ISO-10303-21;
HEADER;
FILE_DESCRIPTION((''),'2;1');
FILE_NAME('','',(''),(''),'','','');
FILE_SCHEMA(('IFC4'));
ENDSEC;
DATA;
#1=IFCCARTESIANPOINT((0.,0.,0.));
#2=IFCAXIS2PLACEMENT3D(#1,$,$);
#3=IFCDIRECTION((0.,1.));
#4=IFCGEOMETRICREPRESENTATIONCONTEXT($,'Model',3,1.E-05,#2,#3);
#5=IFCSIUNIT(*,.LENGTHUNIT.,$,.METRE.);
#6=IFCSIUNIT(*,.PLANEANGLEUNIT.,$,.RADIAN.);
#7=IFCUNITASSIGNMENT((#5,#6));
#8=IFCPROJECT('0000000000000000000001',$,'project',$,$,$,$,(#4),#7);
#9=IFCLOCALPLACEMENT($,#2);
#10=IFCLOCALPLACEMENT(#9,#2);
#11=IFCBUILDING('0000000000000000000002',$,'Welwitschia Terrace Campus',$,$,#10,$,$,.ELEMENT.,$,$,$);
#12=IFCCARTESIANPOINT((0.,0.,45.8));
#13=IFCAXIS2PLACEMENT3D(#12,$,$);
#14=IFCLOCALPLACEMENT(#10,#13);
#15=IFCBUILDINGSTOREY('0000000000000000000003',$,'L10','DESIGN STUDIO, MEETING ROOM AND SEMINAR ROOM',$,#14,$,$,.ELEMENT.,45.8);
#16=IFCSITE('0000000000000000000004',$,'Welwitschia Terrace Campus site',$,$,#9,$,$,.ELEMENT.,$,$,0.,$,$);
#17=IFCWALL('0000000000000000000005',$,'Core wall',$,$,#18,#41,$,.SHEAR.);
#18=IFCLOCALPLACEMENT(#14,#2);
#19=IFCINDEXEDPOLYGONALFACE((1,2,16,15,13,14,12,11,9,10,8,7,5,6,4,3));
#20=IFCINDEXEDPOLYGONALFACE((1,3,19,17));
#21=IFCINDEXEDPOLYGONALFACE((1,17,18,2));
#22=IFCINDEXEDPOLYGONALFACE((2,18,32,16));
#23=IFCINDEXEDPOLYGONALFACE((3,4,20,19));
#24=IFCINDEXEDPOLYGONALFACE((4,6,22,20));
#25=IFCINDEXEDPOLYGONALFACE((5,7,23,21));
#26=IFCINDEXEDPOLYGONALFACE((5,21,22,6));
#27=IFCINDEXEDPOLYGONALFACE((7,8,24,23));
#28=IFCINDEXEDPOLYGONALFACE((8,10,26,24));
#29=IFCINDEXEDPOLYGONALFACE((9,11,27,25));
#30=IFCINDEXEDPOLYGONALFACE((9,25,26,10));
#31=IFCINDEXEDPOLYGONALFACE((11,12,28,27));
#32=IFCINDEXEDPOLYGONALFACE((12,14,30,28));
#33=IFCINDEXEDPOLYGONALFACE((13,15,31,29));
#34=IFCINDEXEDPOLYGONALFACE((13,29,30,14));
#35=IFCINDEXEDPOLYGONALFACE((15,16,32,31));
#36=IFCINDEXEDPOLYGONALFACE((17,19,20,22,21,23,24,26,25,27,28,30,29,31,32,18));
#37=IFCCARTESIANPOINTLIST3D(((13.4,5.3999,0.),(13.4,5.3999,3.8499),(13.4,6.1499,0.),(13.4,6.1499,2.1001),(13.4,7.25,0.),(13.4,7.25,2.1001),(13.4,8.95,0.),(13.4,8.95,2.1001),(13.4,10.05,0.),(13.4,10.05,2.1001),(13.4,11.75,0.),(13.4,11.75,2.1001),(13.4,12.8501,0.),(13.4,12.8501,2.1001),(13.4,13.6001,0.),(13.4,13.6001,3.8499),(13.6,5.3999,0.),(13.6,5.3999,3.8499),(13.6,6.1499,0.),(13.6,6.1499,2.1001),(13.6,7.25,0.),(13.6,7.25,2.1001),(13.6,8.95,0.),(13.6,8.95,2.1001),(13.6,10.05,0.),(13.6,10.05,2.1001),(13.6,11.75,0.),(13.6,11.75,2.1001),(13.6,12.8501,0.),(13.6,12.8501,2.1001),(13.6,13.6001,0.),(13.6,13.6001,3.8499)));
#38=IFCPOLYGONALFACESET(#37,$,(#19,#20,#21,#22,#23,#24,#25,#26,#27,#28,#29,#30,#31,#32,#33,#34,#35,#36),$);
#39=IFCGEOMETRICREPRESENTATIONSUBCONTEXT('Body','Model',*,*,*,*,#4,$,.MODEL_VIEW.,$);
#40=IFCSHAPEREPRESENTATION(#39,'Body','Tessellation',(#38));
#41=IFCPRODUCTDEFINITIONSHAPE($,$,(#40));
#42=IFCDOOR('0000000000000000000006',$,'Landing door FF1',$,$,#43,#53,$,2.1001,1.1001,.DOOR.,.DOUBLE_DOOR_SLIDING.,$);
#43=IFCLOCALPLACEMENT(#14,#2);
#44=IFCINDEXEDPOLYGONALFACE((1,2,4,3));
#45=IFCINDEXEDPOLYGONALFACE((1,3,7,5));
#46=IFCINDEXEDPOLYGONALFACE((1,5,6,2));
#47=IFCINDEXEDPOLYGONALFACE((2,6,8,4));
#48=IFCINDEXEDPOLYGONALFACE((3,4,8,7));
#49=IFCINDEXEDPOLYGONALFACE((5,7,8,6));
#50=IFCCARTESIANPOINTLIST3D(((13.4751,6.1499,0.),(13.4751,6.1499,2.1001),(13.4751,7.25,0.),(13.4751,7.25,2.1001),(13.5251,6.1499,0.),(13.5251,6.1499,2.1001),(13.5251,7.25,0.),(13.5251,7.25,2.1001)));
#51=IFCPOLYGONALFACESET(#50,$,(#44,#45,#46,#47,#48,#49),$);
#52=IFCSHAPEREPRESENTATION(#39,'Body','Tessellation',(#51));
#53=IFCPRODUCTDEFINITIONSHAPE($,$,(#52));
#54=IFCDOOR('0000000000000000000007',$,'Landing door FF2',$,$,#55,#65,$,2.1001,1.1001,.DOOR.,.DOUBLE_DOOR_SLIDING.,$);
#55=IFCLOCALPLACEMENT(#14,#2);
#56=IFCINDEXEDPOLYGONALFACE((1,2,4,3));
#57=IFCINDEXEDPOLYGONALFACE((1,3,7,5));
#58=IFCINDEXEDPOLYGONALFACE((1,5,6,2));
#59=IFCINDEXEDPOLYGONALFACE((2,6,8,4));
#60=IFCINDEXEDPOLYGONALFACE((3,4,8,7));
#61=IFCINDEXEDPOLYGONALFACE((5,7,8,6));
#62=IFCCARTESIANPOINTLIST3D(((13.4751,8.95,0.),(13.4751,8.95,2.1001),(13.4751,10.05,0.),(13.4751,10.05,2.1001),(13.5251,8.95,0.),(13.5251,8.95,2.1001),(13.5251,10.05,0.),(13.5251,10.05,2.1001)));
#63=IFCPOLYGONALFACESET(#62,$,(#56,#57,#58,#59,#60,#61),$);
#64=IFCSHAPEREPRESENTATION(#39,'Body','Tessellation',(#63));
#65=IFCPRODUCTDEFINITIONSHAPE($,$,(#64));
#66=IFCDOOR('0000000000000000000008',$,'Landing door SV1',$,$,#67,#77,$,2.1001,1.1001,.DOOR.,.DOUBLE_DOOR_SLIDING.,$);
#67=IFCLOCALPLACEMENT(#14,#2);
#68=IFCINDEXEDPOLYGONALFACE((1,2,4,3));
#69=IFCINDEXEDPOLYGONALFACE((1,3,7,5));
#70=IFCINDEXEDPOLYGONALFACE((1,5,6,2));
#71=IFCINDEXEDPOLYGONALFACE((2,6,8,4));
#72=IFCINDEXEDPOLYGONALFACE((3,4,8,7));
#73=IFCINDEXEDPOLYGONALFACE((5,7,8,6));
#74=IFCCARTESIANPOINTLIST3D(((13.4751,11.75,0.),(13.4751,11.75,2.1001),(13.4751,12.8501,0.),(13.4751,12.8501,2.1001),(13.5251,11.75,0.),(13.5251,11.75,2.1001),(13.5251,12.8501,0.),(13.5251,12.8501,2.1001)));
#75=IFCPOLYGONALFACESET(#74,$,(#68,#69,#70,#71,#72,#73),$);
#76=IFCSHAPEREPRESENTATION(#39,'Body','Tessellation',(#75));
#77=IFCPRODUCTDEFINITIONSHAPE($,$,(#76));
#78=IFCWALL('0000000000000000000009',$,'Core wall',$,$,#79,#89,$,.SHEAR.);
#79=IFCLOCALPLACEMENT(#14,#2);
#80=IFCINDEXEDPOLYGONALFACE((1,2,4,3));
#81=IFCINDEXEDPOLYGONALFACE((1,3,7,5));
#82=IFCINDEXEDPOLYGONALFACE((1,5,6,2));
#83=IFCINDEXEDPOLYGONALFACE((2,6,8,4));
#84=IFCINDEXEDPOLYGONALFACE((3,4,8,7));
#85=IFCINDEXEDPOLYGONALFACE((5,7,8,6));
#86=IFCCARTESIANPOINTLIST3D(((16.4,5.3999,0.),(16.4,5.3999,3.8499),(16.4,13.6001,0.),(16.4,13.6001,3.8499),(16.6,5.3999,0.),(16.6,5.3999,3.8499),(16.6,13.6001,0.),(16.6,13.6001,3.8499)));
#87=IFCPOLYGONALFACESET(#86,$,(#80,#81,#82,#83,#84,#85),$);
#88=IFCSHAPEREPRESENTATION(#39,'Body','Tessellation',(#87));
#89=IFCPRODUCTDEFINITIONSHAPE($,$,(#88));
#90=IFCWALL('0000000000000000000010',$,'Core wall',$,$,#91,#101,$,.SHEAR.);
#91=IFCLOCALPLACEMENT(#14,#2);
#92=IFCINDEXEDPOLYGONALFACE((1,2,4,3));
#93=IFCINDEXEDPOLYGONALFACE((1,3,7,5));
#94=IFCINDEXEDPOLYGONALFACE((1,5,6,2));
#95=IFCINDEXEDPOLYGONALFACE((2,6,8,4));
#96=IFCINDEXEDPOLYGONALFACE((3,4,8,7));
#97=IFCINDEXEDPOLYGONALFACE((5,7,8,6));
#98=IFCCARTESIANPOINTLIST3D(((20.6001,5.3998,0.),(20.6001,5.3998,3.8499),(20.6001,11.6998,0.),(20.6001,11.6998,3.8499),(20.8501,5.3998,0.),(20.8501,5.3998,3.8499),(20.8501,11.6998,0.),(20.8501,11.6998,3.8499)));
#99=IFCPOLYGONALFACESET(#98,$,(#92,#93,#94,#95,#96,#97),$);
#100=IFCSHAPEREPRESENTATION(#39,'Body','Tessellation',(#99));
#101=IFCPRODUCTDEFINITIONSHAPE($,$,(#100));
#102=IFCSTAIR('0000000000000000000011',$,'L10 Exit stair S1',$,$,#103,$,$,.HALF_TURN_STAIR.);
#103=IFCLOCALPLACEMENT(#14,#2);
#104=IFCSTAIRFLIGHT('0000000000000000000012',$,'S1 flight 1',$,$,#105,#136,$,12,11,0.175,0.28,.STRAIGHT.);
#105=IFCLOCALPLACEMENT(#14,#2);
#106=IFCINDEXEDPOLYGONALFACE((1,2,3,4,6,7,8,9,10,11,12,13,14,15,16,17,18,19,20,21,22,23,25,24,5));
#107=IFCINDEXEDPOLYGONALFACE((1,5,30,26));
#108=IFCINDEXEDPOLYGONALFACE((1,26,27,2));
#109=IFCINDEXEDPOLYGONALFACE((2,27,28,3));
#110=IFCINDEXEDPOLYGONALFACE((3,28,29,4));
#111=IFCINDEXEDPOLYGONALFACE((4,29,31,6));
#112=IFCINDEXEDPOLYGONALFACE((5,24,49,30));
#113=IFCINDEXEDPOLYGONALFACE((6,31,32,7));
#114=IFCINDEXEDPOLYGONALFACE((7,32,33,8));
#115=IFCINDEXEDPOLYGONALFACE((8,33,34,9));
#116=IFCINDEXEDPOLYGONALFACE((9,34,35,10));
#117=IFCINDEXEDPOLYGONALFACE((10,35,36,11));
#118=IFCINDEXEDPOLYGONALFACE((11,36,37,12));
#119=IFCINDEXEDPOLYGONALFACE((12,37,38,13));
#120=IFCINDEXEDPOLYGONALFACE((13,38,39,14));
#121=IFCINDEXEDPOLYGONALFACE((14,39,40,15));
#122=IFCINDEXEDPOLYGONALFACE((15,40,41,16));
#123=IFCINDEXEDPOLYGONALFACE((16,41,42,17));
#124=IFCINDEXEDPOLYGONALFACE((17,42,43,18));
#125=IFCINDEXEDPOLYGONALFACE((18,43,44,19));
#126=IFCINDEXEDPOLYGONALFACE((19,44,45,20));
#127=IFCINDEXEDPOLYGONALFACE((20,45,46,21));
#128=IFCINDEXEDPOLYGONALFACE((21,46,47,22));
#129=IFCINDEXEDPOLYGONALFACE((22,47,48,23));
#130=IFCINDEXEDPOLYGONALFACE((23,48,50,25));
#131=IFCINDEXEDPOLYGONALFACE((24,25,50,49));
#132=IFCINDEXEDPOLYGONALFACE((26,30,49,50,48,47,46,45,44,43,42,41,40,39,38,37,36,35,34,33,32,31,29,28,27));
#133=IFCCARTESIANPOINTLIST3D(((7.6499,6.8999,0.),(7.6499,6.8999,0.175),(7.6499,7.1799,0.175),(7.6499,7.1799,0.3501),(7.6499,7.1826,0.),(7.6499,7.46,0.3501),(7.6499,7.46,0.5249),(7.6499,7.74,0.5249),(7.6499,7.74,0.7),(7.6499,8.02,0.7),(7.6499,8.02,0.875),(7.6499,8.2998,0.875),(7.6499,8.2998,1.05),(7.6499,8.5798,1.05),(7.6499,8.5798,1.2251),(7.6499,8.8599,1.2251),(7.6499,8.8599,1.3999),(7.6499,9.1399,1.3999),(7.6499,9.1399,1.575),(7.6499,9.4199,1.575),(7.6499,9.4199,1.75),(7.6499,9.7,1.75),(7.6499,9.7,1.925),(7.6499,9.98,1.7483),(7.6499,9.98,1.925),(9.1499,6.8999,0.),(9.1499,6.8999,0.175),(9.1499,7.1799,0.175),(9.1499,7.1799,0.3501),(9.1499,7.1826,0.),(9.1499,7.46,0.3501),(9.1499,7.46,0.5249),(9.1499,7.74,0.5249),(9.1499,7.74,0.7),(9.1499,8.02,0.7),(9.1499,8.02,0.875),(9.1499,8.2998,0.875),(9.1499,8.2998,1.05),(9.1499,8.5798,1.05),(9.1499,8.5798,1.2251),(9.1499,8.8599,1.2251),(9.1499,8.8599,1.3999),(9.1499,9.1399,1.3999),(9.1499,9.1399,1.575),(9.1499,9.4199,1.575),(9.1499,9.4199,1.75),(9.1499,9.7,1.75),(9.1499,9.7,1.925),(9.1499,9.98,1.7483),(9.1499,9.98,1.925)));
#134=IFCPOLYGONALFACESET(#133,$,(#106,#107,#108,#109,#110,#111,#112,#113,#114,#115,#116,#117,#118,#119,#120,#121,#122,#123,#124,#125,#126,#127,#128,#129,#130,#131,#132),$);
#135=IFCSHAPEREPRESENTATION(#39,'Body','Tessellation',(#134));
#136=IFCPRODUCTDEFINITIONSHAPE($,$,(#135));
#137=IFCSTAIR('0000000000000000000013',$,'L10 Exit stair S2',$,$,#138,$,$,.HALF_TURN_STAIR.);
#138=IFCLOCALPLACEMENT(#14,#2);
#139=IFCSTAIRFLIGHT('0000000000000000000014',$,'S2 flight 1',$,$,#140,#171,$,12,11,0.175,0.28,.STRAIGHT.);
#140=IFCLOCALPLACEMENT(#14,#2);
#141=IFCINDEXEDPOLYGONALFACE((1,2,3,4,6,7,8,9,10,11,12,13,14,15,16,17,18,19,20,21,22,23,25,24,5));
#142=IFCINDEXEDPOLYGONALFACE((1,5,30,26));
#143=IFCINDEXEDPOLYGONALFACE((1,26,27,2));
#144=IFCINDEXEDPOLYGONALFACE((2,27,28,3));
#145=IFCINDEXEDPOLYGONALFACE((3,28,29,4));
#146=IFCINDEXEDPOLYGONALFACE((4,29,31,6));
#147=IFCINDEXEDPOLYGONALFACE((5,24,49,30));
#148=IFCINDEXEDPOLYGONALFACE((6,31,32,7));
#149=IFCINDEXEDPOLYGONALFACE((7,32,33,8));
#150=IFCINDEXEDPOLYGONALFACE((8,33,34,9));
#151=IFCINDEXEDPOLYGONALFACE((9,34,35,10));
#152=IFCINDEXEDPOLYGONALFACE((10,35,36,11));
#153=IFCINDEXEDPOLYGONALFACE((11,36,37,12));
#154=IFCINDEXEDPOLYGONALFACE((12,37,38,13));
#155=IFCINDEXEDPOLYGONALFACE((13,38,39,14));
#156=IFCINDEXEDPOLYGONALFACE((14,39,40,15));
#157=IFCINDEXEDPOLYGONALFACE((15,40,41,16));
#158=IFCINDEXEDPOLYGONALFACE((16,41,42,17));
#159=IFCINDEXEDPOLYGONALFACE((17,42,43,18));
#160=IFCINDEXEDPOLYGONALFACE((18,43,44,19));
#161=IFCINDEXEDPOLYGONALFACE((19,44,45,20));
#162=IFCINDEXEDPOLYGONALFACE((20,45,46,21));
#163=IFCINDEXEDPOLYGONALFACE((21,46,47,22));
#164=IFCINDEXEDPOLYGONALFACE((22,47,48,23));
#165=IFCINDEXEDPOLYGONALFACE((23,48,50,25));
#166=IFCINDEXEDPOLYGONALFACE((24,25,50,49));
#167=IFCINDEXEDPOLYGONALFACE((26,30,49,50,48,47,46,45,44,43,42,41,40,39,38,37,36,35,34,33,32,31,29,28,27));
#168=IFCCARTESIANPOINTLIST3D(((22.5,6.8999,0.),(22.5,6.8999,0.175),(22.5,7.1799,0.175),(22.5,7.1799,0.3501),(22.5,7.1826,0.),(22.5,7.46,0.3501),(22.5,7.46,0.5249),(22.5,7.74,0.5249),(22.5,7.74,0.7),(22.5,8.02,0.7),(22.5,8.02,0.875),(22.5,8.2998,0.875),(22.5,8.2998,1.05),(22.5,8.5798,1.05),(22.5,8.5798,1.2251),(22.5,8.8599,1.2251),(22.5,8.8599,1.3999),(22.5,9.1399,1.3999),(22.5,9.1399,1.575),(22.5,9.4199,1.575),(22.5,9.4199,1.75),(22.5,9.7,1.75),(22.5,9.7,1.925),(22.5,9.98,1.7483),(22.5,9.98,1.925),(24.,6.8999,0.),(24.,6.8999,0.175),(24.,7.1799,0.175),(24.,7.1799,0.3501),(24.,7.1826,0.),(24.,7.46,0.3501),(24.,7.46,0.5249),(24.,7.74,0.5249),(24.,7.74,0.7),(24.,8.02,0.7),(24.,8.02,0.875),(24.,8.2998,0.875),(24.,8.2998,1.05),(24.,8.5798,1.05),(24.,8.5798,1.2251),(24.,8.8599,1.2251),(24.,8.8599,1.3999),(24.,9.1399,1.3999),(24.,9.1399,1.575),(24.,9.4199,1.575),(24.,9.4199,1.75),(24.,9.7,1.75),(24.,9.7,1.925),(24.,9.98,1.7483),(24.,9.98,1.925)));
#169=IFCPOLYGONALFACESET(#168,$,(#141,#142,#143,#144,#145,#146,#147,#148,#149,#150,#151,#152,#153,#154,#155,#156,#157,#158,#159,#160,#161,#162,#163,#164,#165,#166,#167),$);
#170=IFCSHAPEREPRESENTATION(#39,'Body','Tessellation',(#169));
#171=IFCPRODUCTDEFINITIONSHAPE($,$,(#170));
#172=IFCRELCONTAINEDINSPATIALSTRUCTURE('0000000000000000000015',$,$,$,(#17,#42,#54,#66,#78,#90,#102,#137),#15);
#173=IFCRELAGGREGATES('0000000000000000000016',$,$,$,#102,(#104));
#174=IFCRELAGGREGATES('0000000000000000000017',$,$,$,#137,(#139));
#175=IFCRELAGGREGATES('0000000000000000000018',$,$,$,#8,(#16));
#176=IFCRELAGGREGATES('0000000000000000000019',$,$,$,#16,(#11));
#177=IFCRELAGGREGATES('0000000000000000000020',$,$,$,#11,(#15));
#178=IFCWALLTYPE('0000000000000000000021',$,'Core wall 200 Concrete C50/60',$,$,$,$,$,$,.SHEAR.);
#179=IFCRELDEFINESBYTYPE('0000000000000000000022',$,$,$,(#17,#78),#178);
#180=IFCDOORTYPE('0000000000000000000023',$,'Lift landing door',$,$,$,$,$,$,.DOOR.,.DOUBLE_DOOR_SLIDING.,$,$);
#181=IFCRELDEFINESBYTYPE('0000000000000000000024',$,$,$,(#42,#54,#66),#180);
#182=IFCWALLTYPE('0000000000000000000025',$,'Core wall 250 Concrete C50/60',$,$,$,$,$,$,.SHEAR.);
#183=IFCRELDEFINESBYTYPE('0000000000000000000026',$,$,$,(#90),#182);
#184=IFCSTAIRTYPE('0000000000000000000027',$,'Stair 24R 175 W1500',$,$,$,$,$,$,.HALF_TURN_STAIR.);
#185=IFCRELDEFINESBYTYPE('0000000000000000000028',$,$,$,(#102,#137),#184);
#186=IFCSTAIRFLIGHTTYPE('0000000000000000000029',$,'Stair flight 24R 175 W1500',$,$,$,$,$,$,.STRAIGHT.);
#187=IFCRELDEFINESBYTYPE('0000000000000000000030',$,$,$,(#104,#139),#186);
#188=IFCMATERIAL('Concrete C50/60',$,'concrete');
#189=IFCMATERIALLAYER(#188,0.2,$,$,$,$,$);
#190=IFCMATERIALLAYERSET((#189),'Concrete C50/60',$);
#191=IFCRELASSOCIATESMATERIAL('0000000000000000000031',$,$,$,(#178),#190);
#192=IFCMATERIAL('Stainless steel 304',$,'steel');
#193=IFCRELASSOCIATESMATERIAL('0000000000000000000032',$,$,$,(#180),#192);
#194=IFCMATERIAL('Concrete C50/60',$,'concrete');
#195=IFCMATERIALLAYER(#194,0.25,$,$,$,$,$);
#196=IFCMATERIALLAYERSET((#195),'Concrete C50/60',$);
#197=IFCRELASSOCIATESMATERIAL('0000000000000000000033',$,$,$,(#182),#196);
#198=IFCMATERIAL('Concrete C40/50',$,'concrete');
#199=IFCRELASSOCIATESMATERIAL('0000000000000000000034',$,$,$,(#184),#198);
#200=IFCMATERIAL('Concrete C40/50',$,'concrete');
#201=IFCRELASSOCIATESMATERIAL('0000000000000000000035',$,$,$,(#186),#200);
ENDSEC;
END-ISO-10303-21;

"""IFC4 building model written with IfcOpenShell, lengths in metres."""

from ifc_helpers import new_model, si_unit, direction, frame, frame_2d, origin, place, context, subcontext, project, spatial, polyline, rectangle, outline, extrude, material, layer, layer_set, type_object, element, fill, aggregate, save


model = new_model("IFC4")

# Units and contexts
model_context = context("Model", 3, precision=1e-05, world=origin(), true_north=direction((0.0, 1.0)))
body_context = subcontext(model_context, "Body", "Model", "MODEL_VIEW")
ifc_project = project(units=[si_unit("LENGTHUNIT", "METRE"), si_unit("PLANEANGLEUNIT", "RADIAN")], contexts=[model_context])

# Site, building, storey
site_placement = place(None, origin())
site = spatial("IfcSite", under=ifc_project, at=site_placement, Name="Welwitschia Terrace Campus site", CompositionType="ELEMENT", RefElevation=0.0)
building_placement = place(site_placement, origin())
building = spatial("IfcBuilding", under=site, at=building_placement, Name="Welwitschia Terrace Campus", CompositionType="ELEMENT")
storey_placement = place(building_placement, frame((0.0, 0.0, 45.8)))
storey = spatial("IfcBuildingStorey", under=building, at=storey_placement, Name="L10", Description="DESIGN STUDIO, MEETING ROOM AND SEMINAR ROOM", CompositionType="ELEMENT", Elevation=45.8)

# Wall, openings, doors
ifc_material_1 = material(Name="Concrete C50/60", Category="concrete")
ifc_layer_1 = layer(ifc_material_1, 0.2)
ifc_layer_set_1 = layer_set([ifc_layer_1], Name="Concrete C50/60")
wall_type_1 = type_object("IfcWallType", Name="Core wall 200 Concrete C50/60", PredefinedType="SHEAR", material=ifc_layer_set_1)
wall_1_placement = place(storey_placement, frame((13.5, 5.3999, 0.0), z_axis=(0.0, 0.0, 1.0), x_axis=(0.0, 1.0, 0.0)))
wall_1 = element("IfcWall", 1, at=wall_1_placement, inside=storey, type_object=wall_type_1, Name="Core wall", PredefinedType="SHEAR", context=body_context, shape_type="SweptSolid", body=[
    extrude(rectangle(XDim=8.2002, YDim=0.2, at=frame_2d((4.1001, 0.0))), origin(), (0.0, 0.0, 1.0), 3.8499),
])
opening_1_placement = place(wall_1_placement, frame((0.75, 0.0, 0.0)))
opening_1 = element("IfcOpeningElement", 2, at=opening_1_placement, cuts=wall_1, PredefinedType="OPENING", context=body_context, shape_type="SweptSolid", body=[
    extrude(rectangle(XDim=1.1001, YDim=2.1001, at=frame_2d((0.55, 1.05))), frame((0.0, 0.1099, 0.0), z_axis=(0.0, -1.0, 0.0), x_axis=(1.0, 0.0, 0.0)), (0.0, 0.0, 1.0), 0.22),
])
opening_2_placement = place(wall_1_placement, frame((3.55, 0.0, 0.0)))
opening_2 = element("IfcOpeningElement", 3, at=opening_2_placement, cuts=wall_1, PredefinedType="OPENING", context=body_context, shape_type="SweptSolid", body=[
    extrude(rectangle(XDim=1.1001, YDim=2.1001, at=frame_2d((0.55, 1.05))), frame((0.0, 0.1099, 0.0), z_axis=(0.0, -1.0, 0.0), x_axis=(1.0, 0.0, 0.0)), (0.0, 0.0, 1.0), 0.22),
])
opening_3_placement = place(wall_1_placement, frame((6.3501, 0.0, 0.0)))
opening_3 = element("IfcOpeningElement", 4, at=opening_3_placement, cuts=wall_1, PredefinedType="OPENING", context=body_context, shape_type="SweptSolid", body=[
    extrude(rectangle(XDim=1.1001, YDim=2.1001, at=frame_2d((0.55, 1.05))), frame((0.0, 0.1099, 0.0), z_axis=(0.0, -1.0, 0.0), x_axis=(1.0, 0.0, 0.0)), (0.0, 0.0, 1.0), 0.22),
])
ifc_material_2 = material(Name="Stainless steel 304", Category="steel")
door_type = type_object("IfcDoorType", Name="Lift landing door", OperationType="DOUBLE_DOOR_SLIDING", PredefinedType="DOOR", material=ifc_material_2)
door_1_placement = place(opening_1_placement, origin())
door_1 = element("IfcDoor", 5, at=door_1_placement, inside=storey, type_object=door_type, Name="Landing door FF1", OperationType="DOUBLE_DOOR_SLIDING", OverallHeight=2.1001, OverallWidth=1.1001, PredefinedType="DOOR", context=body_context, shape_type="SweptSolid", body=[
    extrude(rectangle(XDim=1.1001, YDim=2.1001, at=frame_2d((0.55, 1.05))), frame((0.0, 0.0249, 0.0), z_axis=(0.0, -1.0, 0.0), x_axis=(1.0, 0.0, 0.0)), (0.0, 0.0, 1.0), 0.05),
])
fill(opening_1, door_1)
door_2_placement = place(opening_2_placement, origin())
door_2 = element("IfcDoor", 6, at=door_2_placement, inside=storey, type_object=door_type, Name="Landing door FF2", OperationType="DOUBLE_DOOR_SLIDING", OverallHeight=2.1001, OverallWidth=1.1001, PredefinedType="DOOR", context=body_context, shape_type="SweptSolid", body=[
    extrude(rectangle(XDim=1.1001, YDim=2.1001, at=frame_2d((0.55, 1.05))), frame((0.0, 0.0249, 0.0), z_axis=(0.0, -1.0, 0.0), x_axis=(1.0, 0.0, 0.0)), (0.0, 0.0, 1.0), 0.05),
])
fill(opening_2, door_2)
door_3_placement = place(opening_3_placement, origin())
door_3 = element("IfcDoor", 7, at=door_3_placement, inside=storey, type_object=door_type, Name="Landing door SV1", OperationType="DOUBLE_DOOR_SLIDING", OverallHeight=2.1001, OverallWidth=1.1001, PredefinedType="DOOR", context=body_context, shape_type="SweptSolid", body=[
    extrude(rectangle(XDim=1.1001, YDim=2.1001, at=frame_2d((0.55, 1.05))), frame((0.0, 0.0249, 0.0), z_axis=(0.0, -1.0, 0.0), x_axis=(1.0, 0.0, 0.0)), (0.0, 0.0, 1.0), 0.05),
])
fill(opening_3, door_3)

# Walls
wall_2_placement = place(storey_placement, frame((16.5, 5.3999, 0.0), z_axis=(0.0, 0.0, 1.0), x_axis=(0.0, 1.0, 0.0)))
element("IfcWall", 8, at=wall_2_placement, inside=storey, type_object=wall_type_1, Name="Core wall", PredefinedType="SHEAR", context=body_context, shape_type="SweptSolid", body=[
    extrude(rectangle(XDim=8.2002, YDim=0.2, at=frame_2d((4.1001, 0.0))), origin(), (0.0, 0.0, 1.0), 3.8499),
])
ifc_material_3 = material(Name="Concrete C50/60", Category="concrete")
ifc_layer_2 = layer(ifc_material_3, 0.25)
ifc_layer_set_2 = layer_set([ifc_layer_2], Name="Concrete C50/60")
wall_type_2 = type_object("IfcWallType", Name="Core wall 250 Concrete C50/60", PredefinedType="SHEAR", material=ifc_layer_set_2)
wall_3_placement = place(storey_placement, frame((20.7251, 5.3999, 0.0), z_axis=(0.0, 0.0, 1.0), x_axis=(0.0, 1.0, 0.0)))
element("IfcWall", 9, at=wall_3_placement, inside=storey, type_object=wall_type_2, Name="Core wall", PredefinedType="SHEAR", context=body_context, shape_type="SweptSolid", body=[
    extrude(rectangle(XDim=6.3, YDim=0.25, at=frame_2d((3.1499, 0.0))), origin(), (0.0, 0.0, 1.0), 3.8499),
])

# Stairs, stair flights
ifc_material_4 = material(Name="Concrete C40/50", Category="concrete")
stair_type = type_object("IfcStairType", Name="Stair 24R 175 W1500", PredefinedType="HALF_TURN_STAIR", material=ifc_material_4)
stair_1_placement = place(storey_placement, origin())
stair_1 = element("IfcStair", 10, at=stair_1_placement, inside=storey, type_object=stair_type, Name="L10 Exit stair S1", PredefinedType="HALF_TURN_STAIR")
ifc_material_5 = material(Name="Concrete C40/50", Category="concrete")
stair_flight_type = type_object("IfcStairFlightType", Name="Stair flight 24R 175 W1500", PredefinedType="STRAIGHT", material=ifc_material_5)
stair_flight_1_placement = place(storey_placement, frame((8.3999, 6.8999, 0.0), z_axis=(0.0, 0.0, 1.0), x_axis=(0.0, 1.0, 0.0)))
stair_flight_1 = element("IfcStairFlight", 11, at=stair_flight_1_placement, type_object=stair_flight_type, Name="S1 flight 1", NumberOfRisers=12, NumberOfTreads=11, PredefinedType="STRAIGHT", RiserHeight=0.175, TreadLength=0.28, context=body_context, shape_type="SweptSolid", body=[
    extrude(outline(polyline([(0.0, 0.0), (0.0, 0.175), (0.28, 0.175), (0.28, 0.3501), (0.5601, 0.3501), (0.5601, 0.5249), (0.8401, 0.5249), (0.8401, 0.7), (1.1201, 0.7), (1.1201, 0.875), (1.3999, 0.875), (1.3999, 1.05), (1.6799, 1.05), (1.6799, 1.2251), (1.96, 1.2251), (1.96, 1.3999), (2.24, 1.3999), (2.24, 1.575), (2.52, 1.575), (2.52, 1.75), (2.8, 1.75), (2.8, 1.925), (3.0801, 1.925), (3.0801, 2.1001), (3.0801, 1.7483), (0.2827, 0.0), (0.0, 0.0)])), frame((0.0, 0.75, 0.0), z_axis=(0.0, -1.0, 0.0), x_axis=(1.0, 0.0, 0.0)), (0.0, 0.0, 1.0), 1.5),
])
aggregate(stair_1, [stair_flight_1])
stair_2_placement = place(storey_placement, origin())
stair_2 = element("IfcStair", 12, at=stair_2_placement, inside=storey, type_object=stair_type, Name="L10 Exit stair S2", PredefinedType="HALF_TURN_STAIR")
stair_flight_2_placement = place(storey_placement, frame((23.25, 6.8999, 0.0), z_axis=(0.0, 0.0, 1.0), x_axis=(0.0, 1.0, 0.0)))
stair_flight_2 = element("IfcStairFlight", 13, at=stair_flight_2_placement, type_object=stair_flight_type, Name="S2 flight 1", NumberOfRisers=12, NumberOfTreads=11, PredefinedType="STRAIGHT", RiserHeight=0.175, TreadLength=0.28, context=body_context, shape_type="SweptSolid", body=[
    extrude(outline(polyline([(0.0, 0.0), (0.0, 0.175), (0.28, 0.175), (0.28, 0.3501), (0.5601, 0.3501), (0.5601, 0.5249), (0.8401, 0.5249), (0.8401, 0.7), (1.1201, 0.7), (1.1201, 0.875), (1.3999, 0.875), (1.3999, 1.05), (1.6799, 1.05), (1.6799, 1.2251), (1.96, 1.2251), (1.96, 1.3999), (2.24, 1.3999), (2.24, 1.575), (2.52, 1.575), (2.52, 1.75), (2.8, 1.75), (2.8, 1.925), (3.0801, 1.925), (3.0801, 2.1001), (3.0801, 1.7483), (0.2827, 0.0), (0.0, 0.0)])), frame((0.0, 0.75, 0.0), z_axis=(0.0, -1.0, 0.0), x_axis=(1.0, 0.0, 0.0)), (0.0, 0.0, 1.0), 1.5),
])
aggregate(stair_2, [stair_flight_2])

save(model, "model.ifc")
